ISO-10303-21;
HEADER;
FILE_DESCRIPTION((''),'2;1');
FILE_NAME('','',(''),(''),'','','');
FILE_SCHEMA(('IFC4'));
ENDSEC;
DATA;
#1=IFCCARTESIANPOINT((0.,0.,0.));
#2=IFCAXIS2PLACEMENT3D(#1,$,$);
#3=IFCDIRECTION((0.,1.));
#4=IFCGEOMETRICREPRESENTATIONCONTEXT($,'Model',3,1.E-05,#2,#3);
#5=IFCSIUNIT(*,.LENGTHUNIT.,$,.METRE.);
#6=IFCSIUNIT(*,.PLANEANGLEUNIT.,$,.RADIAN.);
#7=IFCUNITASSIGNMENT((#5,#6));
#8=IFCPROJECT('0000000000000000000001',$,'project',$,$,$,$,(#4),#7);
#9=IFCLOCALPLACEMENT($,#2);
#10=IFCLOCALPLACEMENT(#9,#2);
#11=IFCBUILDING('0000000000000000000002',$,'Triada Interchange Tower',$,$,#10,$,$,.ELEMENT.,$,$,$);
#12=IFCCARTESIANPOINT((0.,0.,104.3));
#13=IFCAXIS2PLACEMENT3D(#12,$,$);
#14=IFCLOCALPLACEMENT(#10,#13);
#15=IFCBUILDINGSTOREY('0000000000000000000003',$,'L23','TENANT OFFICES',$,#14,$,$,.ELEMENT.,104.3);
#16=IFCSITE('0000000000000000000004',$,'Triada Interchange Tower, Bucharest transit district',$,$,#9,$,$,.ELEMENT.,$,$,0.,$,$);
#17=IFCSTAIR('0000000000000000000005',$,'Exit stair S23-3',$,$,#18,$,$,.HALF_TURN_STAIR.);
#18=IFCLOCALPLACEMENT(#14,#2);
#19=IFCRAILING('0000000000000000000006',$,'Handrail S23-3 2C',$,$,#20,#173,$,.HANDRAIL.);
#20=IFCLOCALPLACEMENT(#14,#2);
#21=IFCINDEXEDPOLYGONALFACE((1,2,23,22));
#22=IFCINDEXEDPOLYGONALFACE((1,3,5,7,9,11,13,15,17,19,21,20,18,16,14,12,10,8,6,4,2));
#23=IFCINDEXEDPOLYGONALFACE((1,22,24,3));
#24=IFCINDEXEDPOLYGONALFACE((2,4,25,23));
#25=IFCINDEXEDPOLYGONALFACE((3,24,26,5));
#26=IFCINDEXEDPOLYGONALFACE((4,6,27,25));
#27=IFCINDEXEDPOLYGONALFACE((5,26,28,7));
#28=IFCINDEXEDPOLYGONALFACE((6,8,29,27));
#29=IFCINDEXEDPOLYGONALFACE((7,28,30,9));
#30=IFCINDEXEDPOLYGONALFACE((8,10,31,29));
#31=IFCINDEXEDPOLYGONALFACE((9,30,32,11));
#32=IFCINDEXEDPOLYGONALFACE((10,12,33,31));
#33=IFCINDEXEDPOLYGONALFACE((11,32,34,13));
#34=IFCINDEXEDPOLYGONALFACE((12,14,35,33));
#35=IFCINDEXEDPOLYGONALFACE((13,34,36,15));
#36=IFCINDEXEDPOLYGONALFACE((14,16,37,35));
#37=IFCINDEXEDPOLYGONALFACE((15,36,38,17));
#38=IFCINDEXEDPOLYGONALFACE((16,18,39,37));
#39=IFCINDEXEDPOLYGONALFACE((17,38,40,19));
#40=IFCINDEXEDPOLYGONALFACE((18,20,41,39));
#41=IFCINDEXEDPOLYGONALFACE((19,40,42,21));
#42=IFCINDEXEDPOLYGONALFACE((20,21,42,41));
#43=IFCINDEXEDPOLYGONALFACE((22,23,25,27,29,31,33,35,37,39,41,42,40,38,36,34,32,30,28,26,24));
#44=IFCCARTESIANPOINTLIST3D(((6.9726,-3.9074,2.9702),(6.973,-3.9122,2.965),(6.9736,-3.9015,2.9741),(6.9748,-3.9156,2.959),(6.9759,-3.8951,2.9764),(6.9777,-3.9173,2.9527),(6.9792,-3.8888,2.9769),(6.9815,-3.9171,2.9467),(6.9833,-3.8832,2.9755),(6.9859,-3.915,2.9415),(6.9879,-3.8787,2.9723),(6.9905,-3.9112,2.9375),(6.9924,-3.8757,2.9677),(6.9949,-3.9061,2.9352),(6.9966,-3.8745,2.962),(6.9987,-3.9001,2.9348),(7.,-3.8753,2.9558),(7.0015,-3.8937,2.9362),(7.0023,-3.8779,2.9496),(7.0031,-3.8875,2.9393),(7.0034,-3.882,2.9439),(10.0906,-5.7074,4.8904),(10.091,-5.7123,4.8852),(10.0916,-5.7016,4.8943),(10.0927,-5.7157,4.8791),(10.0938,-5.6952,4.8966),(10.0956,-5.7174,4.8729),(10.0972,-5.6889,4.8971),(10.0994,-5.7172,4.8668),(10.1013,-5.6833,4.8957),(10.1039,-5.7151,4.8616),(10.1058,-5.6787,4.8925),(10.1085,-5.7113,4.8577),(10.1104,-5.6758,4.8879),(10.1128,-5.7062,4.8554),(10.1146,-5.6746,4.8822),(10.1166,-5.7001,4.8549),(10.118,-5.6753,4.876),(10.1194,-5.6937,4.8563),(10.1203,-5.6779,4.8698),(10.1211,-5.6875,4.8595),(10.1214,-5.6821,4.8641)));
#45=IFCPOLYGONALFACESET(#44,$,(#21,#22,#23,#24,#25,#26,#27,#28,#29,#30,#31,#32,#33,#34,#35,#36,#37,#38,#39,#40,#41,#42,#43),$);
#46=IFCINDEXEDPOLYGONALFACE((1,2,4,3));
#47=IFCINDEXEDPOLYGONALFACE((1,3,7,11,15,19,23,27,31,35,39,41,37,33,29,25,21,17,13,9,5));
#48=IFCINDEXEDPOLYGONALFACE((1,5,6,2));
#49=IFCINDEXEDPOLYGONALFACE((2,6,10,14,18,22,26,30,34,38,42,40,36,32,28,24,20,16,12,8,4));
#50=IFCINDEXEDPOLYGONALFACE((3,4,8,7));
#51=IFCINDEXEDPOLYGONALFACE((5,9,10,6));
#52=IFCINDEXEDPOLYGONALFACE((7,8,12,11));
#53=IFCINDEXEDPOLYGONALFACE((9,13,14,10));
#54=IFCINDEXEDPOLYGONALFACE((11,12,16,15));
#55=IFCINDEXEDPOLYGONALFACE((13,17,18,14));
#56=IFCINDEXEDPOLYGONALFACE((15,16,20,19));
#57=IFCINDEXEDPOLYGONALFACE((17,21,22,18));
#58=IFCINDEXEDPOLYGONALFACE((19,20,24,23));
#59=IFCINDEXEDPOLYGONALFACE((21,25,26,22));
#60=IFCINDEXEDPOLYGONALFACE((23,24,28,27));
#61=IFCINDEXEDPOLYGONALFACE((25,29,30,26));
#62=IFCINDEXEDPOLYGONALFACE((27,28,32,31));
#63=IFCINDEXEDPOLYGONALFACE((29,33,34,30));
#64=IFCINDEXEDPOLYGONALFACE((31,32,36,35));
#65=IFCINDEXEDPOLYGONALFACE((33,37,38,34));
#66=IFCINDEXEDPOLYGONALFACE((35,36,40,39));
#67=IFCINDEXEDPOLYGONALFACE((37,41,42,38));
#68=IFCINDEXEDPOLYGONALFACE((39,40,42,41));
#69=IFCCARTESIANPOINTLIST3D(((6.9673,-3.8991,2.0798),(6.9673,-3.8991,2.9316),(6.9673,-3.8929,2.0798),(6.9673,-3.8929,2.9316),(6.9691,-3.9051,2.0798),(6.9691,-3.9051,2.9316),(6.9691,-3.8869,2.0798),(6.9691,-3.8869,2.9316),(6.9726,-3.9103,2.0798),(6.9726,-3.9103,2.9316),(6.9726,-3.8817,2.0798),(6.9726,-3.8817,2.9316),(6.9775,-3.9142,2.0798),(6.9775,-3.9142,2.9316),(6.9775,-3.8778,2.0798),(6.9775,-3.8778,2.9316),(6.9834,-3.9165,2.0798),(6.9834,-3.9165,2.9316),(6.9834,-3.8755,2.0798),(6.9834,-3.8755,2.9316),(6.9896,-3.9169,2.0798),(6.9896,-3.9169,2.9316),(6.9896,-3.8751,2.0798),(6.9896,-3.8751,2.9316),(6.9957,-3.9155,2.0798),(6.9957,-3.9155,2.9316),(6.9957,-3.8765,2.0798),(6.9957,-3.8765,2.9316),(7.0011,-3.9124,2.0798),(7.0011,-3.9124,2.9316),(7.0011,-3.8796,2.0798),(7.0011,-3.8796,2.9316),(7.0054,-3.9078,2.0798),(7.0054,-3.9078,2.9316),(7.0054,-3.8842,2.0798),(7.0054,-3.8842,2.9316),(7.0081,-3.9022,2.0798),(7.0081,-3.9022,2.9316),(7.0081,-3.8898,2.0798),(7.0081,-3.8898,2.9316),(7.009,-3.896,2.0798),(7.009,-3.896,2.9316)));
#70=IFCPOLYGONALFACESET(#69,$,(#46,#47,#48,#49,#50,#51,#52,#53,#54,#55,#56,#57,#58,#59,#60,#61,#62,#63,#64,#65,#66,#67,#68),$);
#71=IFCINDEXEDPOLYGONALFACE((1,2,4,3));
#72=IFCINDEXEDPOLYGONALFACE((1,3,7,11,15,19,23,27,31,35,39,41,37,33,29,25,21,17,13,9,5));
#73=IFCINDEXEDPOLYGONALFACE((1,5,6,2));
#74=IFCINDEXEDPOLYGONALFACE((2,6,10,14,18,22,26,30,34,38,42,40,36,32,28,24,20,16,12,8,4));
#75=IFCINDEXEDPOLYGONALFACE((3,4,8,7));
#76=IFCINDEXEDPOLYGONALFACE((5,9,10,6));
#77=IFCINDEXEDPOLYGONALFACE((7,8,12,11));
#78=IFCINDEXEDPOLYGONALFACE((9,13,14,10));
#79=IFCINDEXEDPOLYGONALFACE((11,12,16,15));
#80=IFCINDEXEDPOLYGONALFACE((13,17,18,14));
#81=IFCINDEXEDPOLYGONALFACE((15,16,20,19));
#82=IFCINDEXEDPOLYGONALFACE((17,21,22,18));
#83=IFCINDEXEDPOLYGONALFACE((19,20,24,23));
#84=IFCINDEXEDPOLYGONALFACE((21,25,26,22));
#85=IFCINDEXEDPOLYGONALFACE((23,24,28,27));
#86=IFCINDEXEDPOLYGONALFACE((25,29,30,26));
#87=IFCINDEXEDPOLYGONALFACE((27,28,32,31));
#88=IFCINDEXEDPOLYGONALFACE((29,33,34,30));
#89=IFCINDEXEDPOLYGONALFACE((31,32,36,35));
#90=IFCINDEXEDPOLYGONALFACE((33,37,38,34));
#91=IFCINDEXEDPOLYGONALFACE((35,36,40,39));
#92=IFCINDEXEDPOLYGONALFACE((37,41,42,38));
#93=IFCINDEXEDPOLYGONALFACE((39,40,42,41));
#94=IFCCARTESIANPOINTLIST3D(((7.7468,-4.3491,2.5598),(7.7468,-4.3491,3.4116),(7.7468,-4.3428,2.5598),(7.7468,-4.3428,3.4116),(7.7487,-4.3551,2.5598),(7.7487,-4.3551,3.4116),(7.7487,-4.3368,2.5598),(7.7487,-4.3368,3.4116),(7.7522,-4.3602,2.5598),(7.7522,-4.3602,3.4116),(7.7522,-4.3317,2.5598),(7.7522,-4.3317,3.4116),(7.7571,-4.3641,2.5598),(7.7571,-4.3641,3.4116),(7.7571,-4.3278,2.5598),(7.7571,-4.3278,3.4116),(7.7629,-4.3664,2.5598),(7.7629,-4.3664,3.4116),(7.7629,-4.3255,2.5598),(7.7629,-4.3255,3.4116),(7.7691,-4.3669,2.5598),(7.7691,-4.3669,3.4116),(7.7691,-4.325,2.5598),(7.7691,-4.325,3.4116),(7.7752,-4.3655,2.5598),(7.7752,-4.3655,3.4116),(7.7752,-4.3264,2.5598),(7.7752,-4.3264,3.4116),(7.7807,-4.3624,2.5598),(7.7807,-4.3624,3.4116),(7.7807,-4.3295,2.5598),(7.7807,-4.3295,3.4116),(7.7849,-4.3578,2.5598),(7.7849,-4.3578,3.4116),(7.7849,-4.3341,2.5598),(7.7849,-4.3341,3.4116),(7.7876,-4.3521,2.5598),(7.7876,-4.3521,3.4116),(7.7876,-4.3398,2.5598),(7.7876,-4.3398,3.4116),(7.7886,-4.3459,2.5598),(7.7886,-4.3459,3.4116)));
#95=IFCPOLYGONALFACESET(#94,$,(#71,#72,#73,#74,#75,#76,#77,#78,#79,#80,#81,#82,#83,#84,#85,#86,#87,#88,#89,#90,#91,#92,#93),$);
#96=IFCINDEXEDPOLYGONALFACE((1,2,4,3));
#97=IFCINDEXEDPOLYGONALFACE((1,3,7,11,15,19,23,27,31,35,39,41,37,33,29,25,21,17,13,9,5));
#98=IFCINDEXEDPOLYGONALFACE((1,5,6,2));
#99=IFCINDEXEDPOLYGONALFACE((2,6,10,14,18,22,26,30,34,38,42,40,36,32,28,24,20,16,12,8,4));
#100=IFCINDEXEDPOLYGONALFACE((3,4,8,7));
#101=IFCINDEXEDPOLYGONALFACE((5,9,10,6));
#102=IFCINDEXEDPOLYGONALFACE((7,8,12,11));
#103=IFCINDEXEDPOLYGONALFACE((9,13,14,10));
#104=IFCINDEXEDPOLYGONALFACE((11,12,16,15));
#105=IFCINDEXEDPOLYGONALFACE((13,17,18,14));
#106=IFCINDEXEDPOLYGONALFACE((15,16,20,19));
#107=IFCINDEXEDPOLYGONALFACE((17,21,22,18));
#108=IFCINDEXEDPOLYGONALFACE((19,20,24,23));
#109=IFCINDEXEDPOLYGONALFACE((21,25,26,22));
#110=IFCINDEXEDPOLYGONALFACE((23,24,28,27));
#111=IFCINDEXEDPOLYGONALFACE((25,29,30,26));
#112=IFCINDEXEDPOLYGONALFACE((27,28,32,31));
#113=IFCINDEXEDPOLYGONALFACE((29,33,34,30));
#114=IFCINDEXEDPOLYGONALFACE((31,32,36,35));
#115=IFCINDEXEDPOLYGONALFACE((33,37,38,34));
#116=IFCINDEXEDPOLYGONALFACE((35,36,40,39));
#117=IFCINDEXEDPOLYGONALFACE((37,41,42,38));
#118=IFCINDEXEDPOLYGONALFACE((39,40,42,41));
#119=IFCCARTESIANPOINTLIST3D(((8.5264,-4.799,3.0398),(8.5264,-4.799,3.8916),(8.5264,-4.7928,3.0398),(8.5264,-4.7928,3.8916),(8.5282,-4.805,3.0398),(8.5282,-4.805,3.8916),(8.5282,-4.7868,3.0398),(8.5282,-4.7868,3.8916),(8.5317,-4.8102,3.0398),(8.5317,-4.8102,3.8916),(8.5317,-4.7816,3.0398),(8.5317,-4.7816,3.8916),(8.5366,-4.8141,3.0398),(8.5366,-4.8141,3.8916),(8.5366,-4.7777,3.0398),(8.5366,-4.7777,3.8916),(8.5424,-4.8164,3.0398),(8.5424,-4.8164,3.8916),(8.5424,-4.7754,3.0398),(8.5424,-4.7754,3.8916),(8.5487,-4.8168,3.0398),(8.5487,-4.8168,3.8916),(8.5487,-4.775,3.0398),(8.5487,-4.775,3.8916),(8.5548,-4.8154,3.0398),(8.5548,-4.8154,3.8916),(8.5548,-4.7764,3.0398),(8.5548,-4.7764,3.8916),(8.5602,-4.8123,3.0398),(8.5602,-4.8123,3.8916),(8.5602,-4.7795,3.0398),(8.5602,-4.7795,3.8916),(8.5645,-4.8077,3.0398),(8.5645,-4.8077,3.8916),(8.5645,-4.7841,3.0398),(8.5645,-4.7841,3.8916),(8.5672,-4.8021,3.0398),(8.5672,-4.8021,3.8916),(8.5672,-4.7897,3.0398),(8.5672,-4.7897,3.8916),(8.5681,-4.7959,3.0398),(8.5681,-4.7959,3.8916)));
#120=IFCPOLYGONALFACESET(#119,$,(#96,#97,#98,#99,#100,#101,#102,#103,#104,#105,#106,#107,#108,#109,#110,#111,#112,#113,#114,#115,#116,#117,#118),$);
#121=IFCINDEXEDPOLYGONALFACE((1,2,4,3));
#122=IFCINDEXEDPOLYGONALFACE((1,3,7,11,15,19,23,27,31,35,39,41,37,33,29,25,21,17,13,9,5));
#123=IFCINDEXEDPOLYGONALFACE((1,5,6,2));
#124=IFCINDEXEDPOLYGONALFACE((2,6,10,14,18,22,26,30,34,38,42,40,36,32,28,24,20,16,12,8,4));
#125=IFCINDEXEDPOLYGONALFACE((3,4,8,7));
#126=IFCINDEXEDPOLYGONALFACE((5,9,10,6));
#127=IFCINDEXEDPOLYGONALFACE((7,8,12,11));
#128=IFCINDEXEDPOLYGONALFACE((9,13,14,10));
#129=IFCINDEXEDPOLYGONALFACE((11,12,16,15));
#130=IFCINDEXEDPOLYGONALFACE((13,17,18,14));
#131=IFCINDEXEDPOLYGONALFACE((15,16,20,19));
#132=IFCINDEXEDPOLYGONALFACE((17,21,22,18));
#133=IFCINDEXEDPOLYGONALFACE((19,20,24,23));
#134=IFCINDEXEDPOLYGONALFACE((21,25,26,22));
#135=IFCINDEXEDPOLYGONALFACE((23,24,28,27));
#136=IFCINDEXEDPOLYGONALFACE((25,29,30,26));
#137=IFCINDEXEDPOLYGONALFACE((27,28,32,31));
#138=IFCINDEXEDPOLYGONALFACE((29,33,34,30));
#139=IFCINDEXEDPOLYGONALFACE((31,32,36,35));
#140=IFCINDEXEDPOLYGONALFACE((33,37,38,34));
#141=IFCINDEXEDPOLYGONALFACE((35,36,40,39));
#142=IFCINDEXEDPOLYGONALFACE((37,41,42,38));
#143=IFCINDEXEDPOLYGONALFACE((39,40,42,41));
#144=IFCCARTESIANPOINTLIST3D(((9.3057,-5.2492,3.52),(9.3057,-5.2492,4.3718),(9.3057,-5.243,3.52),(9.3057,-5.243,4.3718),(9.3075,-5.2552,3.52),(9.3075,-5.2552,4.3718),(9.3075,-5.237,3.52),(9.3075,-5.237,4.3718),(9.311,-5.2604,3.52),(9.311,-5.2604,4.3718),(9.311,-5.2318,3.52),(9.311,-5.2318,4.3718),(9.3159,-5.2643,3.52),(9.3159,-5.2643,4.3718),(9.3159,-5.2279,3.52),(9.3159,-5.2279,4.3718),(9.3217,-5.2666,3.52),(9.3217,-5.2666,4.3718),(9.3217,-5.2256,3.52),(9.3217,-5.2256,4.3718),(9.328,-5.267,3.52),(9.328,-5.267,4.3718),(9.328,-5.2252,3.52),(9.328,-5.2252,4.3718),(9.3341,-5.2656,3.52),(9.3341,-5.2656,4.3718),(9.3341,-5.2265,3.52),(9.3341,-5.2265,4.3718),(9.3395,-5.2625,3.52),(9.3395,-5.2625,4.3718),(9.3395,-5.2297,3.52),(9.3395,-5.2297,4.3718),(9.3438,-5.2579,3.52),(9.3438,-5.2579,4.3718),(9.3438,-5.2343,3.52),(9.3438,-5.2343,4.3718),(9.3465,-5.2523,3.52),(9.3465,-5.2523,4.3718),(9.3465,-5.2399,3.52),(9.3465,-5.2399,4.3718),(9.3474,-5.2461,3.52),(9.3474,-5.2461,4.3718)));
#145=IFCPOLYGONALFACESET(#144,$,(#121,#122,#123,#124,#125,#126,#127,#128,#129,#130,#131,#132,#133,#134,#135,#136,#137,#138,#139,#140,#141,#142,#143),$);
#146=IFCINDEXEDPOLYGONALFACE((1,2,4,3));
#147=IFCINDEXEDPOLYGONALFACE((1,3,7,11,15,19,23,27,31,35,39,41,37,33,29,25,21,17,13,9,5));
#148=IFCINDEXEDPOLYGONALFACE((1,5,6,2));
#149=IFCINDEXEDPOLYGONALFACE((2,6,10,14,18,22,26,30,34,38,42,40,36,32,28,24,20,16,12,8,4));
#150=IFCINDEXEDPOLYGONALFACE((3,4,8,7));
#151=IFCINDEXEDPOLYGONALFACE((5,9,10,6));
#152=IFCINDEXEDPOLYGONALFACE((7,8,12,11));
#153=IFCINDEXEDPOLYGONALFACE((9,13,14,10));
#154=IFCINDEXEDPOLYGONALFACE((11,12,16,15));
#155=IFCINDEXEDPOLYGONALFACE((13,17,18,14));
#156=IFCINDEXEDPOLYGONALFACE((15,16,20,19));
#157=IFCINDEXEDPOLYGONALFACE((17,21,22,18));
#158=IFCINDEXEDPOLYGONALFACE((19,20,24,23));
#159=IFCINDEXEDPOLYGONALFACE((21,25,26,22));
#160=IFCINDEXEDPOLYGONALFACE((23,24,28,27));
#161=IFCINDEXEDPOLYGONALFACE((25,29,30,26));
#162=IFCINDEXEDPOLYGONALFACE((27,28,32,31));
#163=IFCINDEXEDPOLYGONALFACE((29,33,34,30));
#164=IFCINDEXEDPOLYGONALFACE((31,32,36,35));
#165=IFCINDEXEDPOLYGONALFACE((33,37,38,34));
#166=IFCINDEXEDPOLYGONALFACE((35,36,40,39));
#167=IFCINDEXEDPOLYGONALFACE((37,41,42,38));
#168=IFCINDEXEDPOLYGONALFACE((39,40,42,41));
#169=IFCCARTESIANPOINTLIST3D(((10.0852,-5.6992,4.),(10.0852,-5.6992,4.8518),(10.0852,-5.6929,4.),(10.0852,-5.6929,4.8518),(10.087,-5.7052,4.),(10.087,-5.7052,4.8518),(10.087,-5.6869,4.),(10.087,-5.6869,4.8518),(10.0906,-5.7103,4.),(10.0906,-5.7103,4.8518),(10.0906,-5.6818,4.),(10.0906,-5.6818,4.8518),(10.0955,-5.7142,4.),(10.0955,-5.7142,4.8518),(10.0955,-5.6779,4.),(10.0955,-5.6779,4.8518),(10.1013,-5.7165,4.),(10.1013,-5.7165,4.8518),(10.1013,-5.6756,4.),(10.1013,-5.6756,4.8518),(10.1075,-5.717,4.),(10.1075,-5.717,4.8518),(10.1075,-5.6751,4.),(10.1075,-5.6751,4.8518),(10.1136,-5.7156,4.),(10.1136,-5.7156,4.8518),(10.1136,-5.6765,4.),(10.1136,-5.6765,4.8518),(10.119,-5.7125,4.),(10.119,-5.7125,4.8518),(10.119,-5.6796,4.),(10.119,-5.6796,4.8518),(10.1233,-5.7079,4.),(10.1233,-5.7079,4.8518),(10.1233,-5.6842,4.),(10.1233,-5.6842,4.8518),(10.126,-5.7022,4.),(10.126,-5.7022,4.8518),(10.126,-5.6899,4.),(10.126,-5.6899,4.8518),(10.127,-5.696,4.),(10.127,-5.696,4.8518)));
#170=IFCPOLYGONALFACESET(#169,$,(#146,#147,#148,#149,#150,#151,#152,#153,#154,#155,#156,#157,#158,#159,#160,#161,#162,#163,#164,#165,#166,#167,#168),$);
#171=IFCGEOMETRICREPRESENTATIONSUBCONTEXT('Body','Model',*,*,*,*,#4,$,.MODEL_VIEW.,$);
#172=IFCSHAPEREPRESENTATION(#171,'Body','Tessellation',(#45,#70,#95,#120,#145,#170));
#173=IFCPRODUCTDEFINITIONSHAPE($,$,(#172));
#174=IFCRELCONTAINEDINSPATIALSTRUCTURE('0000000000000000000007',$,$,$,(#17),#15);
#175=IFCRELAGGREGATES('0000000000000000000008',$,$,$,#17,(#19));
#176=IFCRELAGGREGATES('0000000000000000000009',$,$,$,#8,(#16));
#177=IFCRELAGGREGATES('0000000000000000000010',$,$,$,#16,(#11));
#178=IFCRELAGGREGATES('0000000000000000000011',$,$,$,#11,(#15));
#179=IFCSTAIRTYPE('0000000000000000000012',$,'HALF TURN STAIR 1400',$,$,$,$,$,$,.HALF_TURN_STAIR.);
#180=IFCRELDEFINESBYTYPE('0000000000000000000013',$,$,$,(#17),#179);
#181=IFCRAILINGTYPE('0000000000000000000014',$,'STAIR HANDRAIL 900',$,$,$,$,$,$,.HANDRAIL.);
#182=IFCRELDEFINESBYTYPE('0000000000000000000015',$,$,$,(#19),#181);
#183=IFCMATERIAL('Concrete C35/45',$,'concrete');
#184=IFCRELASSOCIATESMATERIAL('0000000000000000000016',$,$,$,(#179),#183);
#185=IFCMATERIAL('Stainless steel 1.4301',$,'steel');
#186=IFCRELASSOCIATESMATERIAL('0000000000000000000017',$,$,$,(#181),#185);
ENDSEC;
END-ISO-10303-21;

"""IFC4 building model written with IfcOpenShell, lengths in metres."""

from ifc_helpers import new_model, si_unit, direction, frame, origin, origin_2d, place, context, subcontext, project, spatial, circle, extrude, material, type_object, element, aggregate, save


model = new_model("IFC4")

# Units and contexts
model_context = context("Model", 3, precision=1e-05, world=origin(), true_north=direction((0.0, 1.0)))
body_context = subcontext(model_context, "Body", "Model", "MODEL_VIEW")
ifc_project = project(units=[si_unit("LENGTHUNIT", "METRE"), si_unit("PLANEANGLEUNIT", "RADIAN")], contexts=[model_context])

# Site, building, storey
site_placement = place(None, origin())
site = spatial("IfcSite", under=ifc_project, at=site_placement, Name="Triada Interchange Tower, Bucharest transit district", CompositionType="ELEMENT", RefElevation=0.0)
building_placement = place(site_placement, origin())
building = spatial("IfcBuilding", under=site, at=building_placement, Name="Triada Interchange Tower", CompositionType="ELEMENT")
storey_placement = place(building_placement, frame((0.0, 0.0, 104.3)))
storey = spatial("IfcBuildingStorey", under=building, at=storey_placement, Name="L23", Description="TENANT OFFICES", CompositionType="ELEMENT", Elevation=104.3)

# Stair, railing
ifc_material_1 = material(Name="Concrete C35/45", Category="concrete")
stair_type = type_object("IfcStairType", Name="HALF TURN STAIR 1400", PredefinedType="HALF_TURN_STAIR", material=ifc_material_1)
stair_placement = place(storey_placement, origin())
stair = element("IfcStair", 1, at=stair_placement, inside=storey, type_object=stair_type, Name="Exit stair S23-3", PredefinedType="HALF_TURN_STAIR")
ifc_material_2 = material(Name="Stainless steel 1.4301", Category="steel")
railing_type = type_object("IfcRailingType", Name="STAIR HANDRAIL 900", PredefinedType="HANDRAIL", material=ifc_material_2)
railing_1_placement = place(storey_placement, frame((6.988, -3.896, 2.0798)))
railing_1 = element("IfcRailing", 2, at=railing_1_placement, type_object=railing_type, Name="Handrail S23-3 2C", PredefinedType="HANDRAIL", context=body_context, shape_type="SweptSolid", body=[
    extrude(circle(Radius=0.0239, at=origin_2d()), frame((0.0, 0.0, 0.876), z_axis=(0.764145, -0.441159, 0.470597), x_axis=(0.499983, 0.866035, 0.0)), (0.0, 0.0, 1.0), 4.0803),
    extrude(circle(Radius=0.021, at=origin_2d()), origin(), (0.0, 0.0, 1.0), 0.8518),
    extrude(circle(Radius=0.021, at=origin_2d()), frame((0.7795, -0.45, 0.48)), (0.0, 0.0, 1.0), 0.8518),
    extrude(circle(Radius=0.021, at=origin_2d()), frame((1.5591, -0.8999, 0.96)), (0.0, 0.0, 1.0), 0.8518),
    extrude(circle(Radius=0.021, at=origin_2d()), frame((2.3384, -1.3501, 1.4402)), (0.0, 0.0, 1.0), 0.8518),
    extrude(circle(Radius=0.021, at=origin_2d()), frame((3.1179, -1.8, 1.9202)), (0.0, 0.0, 1.0), 0.8518),
])
aggregate(stair, [railing_1])

save(model, "model.ifc")
